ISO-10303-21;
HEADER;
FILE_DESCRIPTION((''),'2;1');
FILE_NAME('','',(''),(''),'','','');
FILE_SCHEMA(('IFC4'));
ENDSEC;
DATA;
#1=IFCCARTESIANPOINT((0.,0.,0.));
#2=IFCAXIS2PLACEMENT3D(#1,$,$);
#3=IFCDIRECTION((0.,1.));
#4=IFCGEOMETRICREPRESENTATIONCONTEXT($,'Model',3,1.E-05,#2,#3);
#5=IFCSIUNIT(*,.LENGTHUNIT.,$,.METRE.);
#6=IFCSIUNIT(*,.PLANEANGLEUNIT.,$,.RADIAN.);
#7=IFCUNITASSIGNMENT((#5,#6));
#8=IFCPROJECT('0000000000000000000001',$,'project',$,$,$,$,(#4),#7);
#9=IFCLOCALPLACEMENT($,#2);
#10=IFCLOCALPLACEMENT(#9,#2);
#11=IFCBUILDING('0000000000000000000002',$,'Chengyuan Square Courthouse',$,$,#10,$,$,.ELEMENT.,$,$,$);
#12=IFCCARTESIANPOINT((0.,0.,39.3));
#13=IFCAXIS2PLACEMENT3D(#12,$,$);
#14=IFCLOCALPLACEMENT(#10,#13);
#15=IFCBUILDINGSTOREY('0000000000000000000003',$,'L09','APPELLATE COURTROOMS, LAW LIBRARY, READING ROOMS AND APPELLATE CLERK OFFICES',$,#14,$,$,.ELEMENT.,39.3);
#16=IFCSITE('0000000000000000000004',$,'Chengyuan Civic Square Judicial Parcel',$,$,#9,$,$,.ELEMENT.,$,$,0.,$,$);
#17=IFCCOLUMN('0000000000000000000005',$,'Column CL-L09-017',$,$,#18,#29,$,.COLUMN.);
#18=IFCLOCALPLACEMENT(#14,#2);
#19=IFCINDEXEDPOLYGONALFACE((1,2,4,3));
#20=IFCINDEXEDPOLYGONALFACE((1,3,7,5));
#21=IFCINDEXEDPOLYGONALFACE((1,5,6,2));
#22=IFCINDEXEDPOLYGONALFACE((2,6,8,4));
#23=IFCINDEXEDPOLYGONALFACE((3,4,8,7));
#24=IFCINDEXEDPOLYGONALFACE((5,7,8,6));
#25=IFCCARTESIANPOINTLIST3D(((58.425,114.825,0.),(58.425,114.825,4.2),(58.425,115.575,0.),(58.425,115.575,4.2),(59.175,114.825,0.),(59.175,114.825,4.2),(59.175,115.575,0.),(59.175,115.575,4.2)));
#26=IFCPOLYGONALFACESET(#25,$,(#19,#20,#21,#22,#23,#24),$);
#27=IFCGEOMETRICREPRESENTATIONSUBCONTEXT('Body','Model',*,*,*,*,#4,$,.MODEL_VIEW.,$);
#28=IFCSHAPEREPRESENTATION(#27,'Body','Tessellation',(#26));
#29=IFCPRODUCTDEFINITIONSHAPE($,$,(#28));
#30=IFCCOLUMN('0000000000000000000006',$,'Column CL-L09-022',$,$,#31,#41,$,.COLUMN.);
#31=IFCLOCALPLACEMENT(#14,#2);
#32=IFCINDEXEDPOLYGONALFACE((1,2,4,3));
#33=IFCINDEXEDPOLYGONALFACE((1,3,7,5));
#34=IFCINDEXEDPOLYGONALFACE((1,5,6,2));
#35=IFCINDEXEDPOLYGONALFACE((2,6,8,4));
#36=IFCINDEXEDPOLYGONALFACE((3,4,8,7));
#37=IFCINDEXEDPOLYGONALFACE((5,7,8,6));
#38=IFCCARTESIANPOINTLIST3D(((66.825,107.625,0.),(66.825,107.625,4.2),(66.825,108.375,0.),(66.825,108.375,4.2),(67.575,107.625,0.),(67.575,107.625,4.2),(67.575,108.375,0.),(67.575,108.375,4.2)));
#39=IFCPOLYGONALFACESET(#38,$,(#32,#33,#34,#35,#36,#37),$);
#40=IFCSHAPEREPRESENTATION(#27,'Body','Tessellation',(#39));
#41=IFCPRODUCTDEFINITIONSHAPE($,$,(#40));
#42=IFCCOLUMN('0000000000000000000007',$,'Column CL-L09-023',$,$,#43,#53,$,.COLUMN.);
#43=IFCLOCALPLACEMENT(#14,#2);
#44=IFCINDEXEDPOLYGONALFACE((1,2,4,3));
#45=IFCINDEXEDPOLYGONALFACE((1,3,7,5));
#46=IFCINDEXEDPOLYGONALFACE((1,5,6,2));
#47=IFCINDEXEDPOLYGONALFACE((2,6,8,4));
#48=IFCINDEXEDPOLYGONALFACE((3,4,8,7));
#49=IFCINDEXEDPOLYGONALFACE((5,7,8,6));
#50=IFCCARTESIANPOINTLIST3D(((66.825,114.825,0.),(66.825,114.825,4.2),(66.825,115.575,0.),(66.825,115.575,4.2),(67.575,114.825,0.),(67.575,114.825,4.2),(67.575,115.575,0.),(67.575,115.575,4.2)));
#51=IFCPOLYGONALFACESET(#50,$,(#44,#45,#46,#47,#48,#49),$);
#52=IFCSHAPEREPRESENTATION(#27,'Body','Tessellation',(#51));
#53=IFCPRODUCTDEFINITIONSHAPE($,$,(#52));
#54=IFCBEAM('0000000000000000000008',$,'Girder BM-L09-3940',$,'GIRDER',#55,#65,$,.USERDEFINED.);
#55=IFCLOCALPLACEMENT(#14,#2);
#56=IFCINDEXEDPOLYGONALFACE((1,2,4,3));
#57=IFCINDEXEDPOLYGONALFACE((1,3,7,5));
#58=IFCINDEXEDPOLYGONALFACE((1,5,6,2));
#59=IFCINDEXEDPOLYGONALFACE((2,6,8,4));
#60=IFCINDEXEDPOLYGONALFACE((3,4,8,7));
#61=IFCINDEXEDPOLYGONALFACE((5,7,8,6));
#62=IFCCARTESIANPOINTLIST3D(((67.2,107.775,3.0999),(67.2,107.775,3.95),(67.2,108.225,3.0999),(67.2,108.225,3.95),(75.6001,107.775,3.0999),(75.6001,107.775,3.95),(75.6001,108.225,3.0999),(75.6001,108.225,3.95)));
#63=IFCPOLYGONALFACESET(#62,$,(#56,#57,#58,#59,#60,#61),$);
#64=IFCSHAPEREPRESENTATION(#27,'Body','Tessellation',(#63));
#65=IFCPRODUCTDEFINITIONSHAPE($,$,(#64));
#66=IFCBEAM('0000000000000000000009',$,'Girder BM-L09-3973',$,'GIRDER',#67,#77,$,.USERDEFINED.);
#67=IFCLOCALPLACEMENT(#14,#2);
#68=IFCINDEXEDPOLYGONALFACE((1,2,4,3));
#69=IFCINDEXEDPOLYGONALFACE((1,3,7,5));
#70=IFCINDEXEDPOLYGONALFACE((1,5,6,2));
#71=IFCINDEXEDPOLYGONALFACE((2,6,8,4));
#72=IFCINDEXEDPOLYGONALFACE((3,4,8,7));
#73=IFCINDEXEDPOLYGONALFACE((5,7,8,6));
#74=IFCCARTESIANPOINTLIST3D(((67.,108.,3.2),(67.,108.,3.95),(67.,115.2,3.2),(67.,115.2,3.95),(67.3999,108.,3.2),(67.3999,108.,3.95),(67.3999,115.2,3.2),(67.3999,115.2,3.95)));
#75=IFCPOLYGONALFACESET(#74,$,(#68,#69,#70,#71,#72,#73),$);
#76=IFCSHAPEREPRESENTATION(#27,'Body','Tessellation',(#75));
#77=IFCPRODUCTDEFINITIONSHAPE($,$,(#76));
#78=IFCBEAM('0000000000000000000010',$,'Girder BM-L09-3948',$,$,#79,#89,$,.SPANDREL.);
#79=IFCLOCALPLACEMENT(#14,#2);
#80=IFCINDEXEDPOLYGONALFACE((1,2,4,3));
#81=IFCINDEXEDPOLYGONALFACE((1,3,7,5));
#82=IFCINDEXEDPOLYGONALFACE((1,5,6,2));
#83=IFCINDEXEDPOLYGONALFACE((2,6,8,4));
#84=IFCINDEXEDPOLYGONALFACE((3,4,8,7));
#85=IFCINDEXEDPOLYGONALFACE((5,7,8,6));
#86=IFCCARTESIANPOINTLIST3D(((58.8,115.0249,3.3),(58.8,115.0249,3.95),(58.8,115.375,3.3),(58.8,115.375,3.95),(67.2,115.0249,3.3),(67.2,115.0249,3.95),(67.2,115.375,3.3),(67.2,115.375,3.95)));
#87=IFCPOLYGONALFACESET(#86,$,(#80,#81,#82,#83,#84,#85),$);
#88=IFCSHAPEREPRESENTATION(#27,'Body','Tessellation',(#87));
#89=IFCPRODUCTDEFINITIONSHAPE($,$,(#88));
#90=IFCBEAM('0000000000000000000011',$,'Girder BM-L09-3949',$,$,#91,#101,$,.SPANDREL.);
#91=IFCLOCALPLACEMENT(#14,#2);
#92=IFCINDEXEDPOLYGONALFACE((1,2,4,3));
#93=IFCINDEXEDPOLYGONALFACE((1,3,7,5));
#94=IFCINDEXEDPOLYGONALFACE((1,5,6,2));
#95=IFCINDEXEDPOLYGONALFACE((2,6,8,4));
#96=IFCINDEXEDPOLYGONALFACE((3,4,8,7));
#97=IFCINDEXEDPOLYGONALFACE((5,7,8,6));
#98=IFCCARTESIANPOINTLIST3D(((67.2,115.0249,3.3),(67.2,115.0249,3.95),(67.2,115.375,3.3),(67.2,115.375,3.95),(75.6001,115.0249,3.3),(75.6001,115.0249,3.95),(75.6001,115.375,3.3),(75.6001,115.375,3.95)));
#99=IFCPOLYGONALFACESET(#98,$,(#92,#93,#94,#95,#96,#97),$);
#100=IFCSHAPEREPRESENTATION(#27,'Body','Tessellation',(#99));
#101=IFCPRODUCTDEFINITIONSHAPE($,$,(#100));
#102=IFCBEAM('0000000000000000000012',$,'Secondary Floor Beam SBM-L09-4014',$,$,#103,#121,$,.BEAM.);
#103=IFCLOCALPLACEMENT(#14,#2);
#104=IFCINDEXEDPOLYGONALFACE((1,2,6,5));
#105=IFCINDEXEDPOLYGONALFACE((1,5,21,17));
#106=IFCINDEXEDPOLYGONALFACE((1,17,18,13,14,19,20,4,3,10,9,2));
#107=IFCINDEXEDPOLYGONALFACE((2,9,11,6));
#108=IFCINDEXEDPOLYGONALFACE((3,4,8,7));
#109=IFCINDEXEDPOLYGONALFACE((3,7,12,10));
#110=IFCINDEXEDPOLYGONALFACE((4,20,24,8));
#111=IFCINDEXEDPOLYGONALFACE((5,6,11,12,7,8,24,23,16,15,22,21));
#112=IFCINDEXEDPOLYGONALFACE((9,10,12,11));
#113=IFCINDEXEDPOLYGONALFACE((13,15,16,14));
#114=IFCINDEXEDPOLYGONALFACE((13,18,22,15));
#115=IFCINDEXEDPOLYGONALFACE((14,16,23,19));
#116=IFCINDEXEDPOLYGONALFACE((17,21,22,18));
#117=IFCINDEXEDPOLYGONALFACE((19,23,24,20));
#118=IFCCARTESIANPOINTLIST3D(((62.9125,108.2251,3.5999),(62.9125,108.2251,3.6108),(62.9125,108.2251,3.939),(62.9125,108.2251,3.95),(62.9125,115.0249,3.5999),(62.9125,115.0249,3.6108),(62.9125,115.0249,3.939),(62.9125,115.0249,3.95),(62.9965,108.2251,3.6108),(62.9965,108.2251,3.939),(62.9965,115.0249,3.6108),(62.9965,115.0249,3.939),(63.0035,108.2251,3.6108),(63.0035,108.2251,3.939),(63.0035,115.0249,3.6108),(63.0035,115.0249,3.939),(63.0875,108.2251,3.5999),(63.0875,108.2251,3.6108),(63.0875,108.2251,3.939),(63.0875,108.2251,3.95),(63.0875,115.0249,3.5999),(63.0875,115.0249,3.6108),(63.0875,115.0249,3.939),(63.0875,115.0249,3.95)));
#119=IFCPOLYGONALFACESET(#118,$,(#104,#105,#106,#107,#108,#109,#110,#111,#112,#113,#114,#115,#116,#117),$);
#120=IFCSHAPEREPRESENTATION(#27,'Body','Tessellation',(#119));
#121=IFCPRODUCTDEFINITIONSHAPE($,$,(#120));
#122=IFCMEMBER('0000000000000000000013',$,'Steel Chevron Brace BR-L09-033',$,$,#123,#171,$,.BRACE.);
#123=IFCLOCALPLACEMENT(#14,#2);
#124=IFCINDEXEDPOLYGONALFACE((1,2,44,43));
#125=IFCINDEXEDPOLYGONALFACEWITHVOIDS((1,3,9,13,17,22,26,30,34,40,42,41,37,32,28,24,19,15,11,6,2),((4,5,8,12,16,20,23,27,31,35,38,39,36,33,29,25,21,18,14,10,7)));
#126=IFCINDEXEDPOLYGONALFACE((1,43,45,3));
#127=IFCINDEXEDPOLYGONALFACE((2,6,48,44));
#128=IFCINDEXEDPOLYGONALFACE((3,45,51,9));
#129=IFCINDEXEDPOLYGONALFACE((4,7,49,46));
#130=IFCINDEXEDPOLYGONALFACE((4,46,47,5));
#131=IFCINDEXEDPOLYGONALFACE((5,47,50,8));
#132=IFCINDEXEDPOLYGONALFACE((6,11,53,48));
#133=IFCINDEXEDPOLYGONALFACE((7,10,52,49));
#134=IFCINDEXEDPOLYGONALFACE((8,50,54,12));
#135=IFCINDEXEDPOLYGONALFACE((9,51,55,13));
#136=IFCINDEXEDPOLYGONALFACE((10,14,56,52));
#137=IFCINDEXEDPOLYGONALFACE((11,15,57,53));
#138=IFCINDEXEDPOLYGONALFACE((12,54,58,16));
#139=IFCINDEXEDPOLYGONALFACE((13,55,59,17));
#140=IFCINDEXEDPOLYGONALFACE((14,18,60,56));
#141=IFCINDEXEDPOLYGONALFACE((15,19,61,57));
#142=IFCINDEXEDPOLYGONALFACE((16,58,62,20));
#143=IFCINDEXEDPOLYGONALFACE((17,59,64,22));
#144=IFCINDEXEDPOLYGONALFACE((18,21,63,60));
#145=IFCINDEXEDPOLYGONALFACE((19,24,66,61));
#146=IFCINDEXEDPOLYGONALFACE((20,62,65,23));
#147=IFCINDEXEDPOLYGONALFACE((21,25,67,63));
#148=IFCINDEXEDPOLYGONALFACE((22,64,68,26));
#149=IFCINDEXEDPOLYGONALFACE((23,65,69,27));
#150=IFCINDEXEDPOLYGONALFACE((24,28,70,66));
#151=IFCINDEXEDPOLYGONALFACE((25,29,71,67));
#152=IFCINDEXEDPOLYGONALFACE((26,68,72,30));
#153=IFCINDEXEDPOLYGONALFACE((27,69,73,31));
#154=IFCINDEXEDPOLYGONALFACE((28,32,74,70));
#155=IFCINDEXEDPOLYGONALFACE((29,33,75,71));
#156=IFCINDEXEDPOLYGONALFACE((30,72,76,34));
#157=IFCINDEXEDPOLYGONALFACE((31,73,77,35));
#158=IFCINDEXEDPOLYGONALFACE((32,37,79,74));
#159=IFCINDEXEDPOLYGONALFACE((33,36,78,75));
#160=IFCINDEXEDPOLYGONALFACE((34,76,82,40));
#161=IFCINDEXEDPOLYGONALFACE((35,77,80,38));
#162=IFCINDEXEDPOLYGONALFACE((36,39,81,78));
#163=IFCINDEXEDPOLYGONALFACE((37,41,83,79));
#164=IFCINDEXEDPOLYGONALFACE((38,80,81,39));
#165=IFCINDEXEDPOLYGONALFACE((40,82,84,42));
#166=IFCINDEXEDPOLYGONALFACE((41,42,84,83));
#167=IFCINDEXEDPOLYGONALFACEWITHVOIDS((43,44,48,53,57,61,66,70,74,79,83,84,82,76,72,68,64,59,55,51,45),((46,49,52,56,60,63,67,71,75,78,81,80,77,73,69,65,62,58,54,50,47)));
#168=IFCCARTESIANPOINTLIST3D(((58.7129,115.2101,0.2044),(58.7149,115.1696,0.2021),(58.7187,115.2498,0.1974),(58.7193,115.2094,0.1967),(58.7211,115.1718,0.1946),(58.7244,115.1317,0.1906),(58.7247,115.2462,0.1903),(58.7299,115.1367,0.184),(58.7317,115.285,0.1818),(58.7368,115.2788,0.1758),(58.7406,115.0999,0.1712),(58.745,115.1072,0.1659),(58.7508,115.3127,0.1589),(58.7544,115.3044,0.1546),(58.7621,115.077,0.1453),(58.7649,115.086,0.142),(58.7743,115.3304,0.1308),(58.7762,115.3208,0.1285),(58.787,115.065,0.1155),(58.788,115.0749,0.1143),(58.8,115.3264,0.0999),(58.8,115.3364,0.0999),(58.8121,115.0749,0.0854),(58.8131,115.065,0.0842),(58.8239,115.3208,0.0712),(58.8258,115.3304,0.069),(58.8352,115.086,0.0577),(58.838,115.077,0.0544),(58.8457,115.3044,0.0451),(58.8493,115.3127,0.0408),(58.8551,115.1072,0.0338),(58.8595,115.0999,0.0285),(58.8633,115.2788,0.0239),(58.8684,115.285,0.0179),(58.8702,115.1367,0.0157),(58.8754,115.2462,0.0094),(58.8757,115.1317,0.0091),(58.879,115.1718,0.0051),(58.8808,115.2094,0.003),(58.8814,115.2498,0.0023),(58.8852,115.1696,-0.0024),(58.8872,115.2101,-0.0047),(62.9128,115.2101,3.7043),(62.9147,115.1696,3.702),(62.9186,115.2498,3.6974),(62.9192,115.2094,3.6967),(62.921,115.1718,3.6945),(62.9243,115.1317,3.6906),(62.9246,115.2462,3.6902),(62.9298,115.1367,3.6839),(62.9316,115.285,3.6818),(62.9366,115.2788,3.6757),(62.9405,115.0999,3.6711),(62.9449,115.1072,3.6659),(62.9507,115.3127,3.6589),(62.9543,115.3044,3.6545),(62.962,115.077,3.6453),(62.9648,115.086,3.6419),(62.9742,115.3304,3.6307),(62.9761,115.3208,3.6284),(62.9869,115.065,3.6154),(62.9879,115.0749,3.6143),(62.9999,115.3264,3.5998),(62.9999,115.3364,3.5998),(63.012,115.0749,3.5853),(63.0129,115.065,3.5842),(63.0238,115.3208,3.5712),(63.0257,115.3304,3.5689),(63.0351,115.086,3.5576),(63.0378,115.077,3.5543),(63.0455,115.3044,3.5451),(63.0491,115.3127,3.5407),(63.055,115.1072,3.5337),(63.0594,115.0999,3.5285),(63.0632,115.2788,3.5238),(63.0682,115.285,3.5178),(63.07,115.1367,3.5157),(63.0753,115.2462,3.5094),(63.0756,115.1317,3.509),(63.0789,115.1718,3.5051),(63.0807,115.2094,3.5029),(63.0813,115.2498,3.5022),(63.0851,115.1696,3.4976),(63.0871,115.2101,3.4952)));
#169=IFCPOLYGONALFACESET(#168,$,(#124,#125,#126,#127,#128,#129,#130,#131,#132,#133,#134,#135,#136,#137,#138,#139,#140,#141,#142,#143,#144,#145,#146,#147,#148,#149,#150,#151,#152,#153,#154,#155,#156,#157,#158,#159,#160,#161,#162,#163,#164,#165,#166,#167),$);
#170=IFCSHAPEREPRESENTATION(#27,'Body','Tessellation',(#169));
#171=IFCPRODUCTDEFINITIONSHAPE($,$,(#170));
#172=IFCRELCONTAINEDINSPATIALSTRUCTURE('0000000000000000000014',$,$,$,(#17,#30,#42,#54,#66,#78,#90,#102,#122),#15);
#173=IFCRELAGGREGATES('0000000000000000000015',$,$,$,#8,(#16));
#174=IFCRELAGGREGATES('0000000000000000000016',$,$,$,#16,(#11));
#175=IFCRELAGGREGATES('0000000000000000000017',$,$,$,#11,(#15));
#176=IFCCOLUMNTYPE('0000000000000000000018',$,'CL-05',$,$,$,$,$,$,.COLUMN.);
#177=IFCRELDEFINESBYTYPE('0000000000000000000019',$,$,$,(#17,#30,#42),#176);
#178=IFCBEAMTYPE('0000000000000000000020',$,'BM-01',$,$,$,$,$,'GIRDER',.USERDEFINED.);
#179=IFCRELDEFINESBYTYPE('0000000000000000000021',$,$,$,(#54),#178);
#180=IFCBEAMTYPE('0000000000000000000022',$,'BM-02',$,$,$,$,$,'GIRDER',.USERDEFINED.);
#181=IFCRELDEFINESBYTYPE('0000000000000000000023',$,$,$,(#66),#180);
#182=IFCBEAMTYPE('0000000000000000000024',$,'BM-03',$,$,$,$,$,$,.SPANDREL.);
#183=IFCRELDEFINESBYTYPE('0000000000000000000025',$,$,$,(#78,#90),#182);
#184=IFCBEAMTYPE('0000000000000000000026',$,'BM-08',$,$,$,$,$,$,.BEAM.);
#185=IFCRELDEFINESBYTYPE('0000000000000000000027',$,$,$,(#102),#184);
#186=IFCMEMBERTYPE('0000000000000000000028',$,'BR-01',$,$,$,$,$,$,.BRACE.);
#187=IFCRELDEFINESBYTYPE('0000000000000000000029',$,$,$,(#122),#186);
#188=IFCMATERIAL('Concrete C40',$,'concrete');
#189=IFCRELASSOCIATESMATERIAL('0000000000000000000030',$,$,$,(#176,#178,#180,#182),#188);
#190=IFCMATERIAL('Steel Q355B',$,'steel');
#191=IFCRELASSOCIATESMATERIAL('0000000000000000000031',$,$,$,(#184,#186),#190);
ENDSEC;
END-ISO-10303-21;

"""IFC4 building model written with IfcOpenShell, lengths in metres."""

from ifc_helpers import new_model, si_unit, direction, frame, origin, origin_2d, place, context, subcontext, project, spatial, rectangle, hollow_circle, i_section, extrude, material, material_profile, profile_set, type_object, element, save


model = new_model("IFC4")

# Units and contexts
model_context = context("Model", 3, precision=1e-05, world=origin(), true_north=direction((0.0, 1.0)))
body_context = subcontext(model_context, "Body", "Model", "MODEL_VIEW")
ifc_project = project(units=[si_unit("LENGTHUNIT", "METRE"), si_unit("PLANEANGLEUNIT", "RADIAN")], contexts=[model_context])

# Site, building, storey
site_placement = place(None, origin())
site = spatial("IfcSite", under=ifc_project, at=site_placement, Name="Chengyuan Civic Square Judicial Parcel", CompositionType="ELEMENT", RefElevation=0.0)
building_placement = place(site_placement, origin())
building = spatial("IfcBuilding", under=site, at=building_placement, Name="Chengyuan Square Courthouse", CompositionType="ELEMENT")
storey_placement = place(building_placement, frame((0.0, 0.0, 39.3)))
storey = spatial("IfcBuildingStorey", under=building, at=storey_placement, Name="L09", Description="APPELLATE COURTROOMS, LAW LIBRARY, READING ROOMS AND APPELLATE CLERK OFFICES", CompositionType="ELEMENT", Elevation=39.3)

# Columns
ifc_material_1 = material(Name="Concrete C40", Category="concrete")
ifc_material_profile_1 = material_profile(ifc_material_1, rectangle(XDim=0.75, YDim=0.75, at=origin_2d()), Name="RC-COL-750x750")
ifc_profile_set_1 = profile_set([ifc_material_profile_1], Name="Concrete C40")
column_type = type_object("IfcColumnType", Name="CL-05", PredefinedType="COLUMN", material=ifc_profile_set_1)
for number, where, z_axis, x_axis, name in (
    (1, (58.8, 115.2, 0.0), (0.0, 0.0, 1.0), (1.0, 0.0, 0.0), "Column CL-L09-017"),
    (2, (67.2, 108.0, 0.0), (0.0, 0.0, 1.0), (1.0, 0.0, 0.0), "Column CL-L09-022"),
    (3, (67.2, 115.2, 0.0), (0.0, 0.0, 1.0), (1.0, 0.0, 0.0), "Column CL-L09-023"),
):
    element("IfcColumn", number, at=place(storey_placement, frame(where, z_axis=z_axis, x_axis=x_axis)), inside=storey, type_object=column_type, Name=name, PredefinedType="COLUMN", context=body_context, shape_type="SweptSolid", body=[
        extrude(rectangle(XDim=0.75, YDim=0.75, at=origin_2d()), origin(), (0.0, 0.0, 1.0), 4.2),
    ])

# Beams
ifc_material_profile_2 = material_profile(ifc_material_1, rectangle(XDim=0.45, YDim=0.8501, at=origin_2d()), Name="RC-BM-450x850")
ifc_profile_set_2 = profile_set([ifc_material_profile_2], Name="Concrete C40")
beam_type_1 = type_object("IfcBeamType", Name="BM-01", ElementType="GIRDER", PredefinedType="USERDEFINED", material=ifc_profile_set_2)
beam_1_placement = place(storey_placement, frame((67.2, 108.0, 3.5249), z_axis=(1.0, 0.0, 0.0), x_axis=(0.0, 1.0, 0.0)))
element("IfcBeam", 4, at=beam_1_placement, inside=storey, type_object=beam_type_1, Name="Girder BM-L09-3940", ObjectType="GIRDER", PredefinedType="USERDEFINED", context=body_context, shape_type="SweptSolid", body=[
    extrude(rectangle(XDim=0.45, YDim=0.8501, at=origin_2d()), origin(), (0.0, 0.0, 1.0), 8.4001),
])
ifc_material_profile_3 = material_profile(ifc_material_1, rectangle(XDim=0.3999, YDim=0.75, at=origin_2d()), Name="RC-BM-400x750")
ifc_profile_set_3 = profile_set([ifc_material_profile_3], Name="Concrete C40")
beam_type_2 = type_object("IfcBeamType", Name="BM-02", ElementType="GIRDER", PredefinedType="USERDEFINED", material=ifc_profile_set_3)
beam_2_placement = place(storey_placement, frame((67.2, 108.0, 3.575), z_axis=(0.0, 1.0, 0.0), x_axis=(-1.0, 0.0, 0.0)))
element("IfcBeam", 5, at=beam_2_placement, inside=storey, type_object=beam_type_2, Name="Girder BM-L09-3973", ObjectType="GIRDER", PredefinedType="USERDEFINED", context=body_context, shape_type="SweptSolid", body=[
    extrude(rectangle(XDim=0.3999, YDim=0.75, at=origin_2d()), origin(), (0.0, 0.0, 1.0), 7.2),
])
ifc_material_profile_4 = material_profile(ifc_material_1, rectangle(XDim=0.3501, YDim=0.6499, at=origin_2d()), Name="RC-BM-350x650")
ifc_profile_set_4 = profile_set([ifc_material_profile_4], Name="Concrete C40")
beam_type_3 = type_object("IfcBeamType", Name="BM-03", PredefinedType="SPANDREL", material=ifc_profile_set_4)
beam_3_placement = place(storey_placement, frame((58.8, 115.2, 3.625), z_axis=(1.0, 0.0, 0.0), x_axis=(0.0, 1.0, 0.0)))
element("IfcBeam", 6, at=beam_3_placement, inside=storey, type_object=beam_type_3, Name="Girder BM-L09-3948", PredefinedType="SPANDREL", context=body_context, shape_type="SweptSolid", body=[
    extrude(rectangle(XDim=0.3501, YDim=0.6499, at=origin_2d()), origin(), (0.0, 0.0, 1.0), 8.3999),
])
beam_4_placement = place(storey_placement, frame((67.2, 115.2, 3.625), z_axis=(1.0, 0.0, 0.0), x_axis=(0.0, 1.0, 0.0)))
element("IfcBeam", 7, at=beam_4_placement, inside=storey, type_object=beam_type_3, Name="Girder BM-L09-3949", PredefinedType="SPANDREL", context=body_context, shape_type="SweptSolid", body=[
    extrude(rectangle(XDim=0.3501, YDim=0.6499, at=origin_2d()), origin(), (0.0, 0.0, 1.0), 8.4001),
])
ifc_material_2 = material(Name="Steel Q355B", Category="steel")
ifc_material_profile_5 = material_profile(ifc_material_2, i_section(OverallWidth=0.175, OverallDepth=0.3501, WebThickness=0.0071, FlangeThickness=0.011, at=origin_2d()), Name="HN 350x175x7x11")
ifc_profile_set_5 = profile_set([ifc_material_profile_5], Name="Steel Q355B")
beam_type_4 = type_object("IfcBeamType", Name="BM-08", PredefinedType="BEAM", material=ifc_profile_set_5)
beam_5_placement = place(storey_placement, frame((63.0, 108.2251, 3.7749), z_axis=(0.0, 1.0, 0.0), x_axis=(-1.0, 0.0, 0.0)))
element("IfcBeam", 8, at=beam_5_placement, inside=storey, type_object=beam_type_4, Name="Secondary Floor Beam SBM-L09-4014", PredefinedType="BEAM", context=body_context, shape_type="SweptSolid", body=[
    extrude(i_section(OverallWidth=0.175, OverallDepth=0.3501, WebThickness=0.0071, FlangeThickness=0.011, at=origin_2d()), origin(), (0.0, 0.0, 1.0), 6.7998),
])

# Member
ifc_material_profile_6 = material_profile(ifc_material_2, hollow_circle(Radius=0.1365, WallThickness=0.01, at=origin_2d()), Name="CHS 273x10")
ifc_profile_set_6 = profile_set([ifc_material_profile_6], Name="Steel Q355B")
member_type_1 = type_object("IfcMemberType", Name="BR-01", PredefinedType="BRACE", material=ifc_profile_set_6)
for number, where, z_axis, x_axis, name in (
    (9, (58.8, 115.2, 0.0999), (0.768218, 0.0, 0.640189), (0.0, 1.0, 0.0), "Steel Chevron Brace BR-L09-033"),
):
    element("IfcMember", number, at=place(storey_placement, frame(where, z_axis=z_axis, x_axis=x_axis)), inside=storey, type_object=member_type_1, Name=name, PredefinedType="BRACE", context=body_context, shape_type="SweptSolid", body=[
        extrude(hollow_circle(Radius=0.1365, WallThickness=0.01, at=origin_2d()), origin(), (0.0, 0.0, 1.0), 5.467),
    ])

save(model, "model.ifc")
